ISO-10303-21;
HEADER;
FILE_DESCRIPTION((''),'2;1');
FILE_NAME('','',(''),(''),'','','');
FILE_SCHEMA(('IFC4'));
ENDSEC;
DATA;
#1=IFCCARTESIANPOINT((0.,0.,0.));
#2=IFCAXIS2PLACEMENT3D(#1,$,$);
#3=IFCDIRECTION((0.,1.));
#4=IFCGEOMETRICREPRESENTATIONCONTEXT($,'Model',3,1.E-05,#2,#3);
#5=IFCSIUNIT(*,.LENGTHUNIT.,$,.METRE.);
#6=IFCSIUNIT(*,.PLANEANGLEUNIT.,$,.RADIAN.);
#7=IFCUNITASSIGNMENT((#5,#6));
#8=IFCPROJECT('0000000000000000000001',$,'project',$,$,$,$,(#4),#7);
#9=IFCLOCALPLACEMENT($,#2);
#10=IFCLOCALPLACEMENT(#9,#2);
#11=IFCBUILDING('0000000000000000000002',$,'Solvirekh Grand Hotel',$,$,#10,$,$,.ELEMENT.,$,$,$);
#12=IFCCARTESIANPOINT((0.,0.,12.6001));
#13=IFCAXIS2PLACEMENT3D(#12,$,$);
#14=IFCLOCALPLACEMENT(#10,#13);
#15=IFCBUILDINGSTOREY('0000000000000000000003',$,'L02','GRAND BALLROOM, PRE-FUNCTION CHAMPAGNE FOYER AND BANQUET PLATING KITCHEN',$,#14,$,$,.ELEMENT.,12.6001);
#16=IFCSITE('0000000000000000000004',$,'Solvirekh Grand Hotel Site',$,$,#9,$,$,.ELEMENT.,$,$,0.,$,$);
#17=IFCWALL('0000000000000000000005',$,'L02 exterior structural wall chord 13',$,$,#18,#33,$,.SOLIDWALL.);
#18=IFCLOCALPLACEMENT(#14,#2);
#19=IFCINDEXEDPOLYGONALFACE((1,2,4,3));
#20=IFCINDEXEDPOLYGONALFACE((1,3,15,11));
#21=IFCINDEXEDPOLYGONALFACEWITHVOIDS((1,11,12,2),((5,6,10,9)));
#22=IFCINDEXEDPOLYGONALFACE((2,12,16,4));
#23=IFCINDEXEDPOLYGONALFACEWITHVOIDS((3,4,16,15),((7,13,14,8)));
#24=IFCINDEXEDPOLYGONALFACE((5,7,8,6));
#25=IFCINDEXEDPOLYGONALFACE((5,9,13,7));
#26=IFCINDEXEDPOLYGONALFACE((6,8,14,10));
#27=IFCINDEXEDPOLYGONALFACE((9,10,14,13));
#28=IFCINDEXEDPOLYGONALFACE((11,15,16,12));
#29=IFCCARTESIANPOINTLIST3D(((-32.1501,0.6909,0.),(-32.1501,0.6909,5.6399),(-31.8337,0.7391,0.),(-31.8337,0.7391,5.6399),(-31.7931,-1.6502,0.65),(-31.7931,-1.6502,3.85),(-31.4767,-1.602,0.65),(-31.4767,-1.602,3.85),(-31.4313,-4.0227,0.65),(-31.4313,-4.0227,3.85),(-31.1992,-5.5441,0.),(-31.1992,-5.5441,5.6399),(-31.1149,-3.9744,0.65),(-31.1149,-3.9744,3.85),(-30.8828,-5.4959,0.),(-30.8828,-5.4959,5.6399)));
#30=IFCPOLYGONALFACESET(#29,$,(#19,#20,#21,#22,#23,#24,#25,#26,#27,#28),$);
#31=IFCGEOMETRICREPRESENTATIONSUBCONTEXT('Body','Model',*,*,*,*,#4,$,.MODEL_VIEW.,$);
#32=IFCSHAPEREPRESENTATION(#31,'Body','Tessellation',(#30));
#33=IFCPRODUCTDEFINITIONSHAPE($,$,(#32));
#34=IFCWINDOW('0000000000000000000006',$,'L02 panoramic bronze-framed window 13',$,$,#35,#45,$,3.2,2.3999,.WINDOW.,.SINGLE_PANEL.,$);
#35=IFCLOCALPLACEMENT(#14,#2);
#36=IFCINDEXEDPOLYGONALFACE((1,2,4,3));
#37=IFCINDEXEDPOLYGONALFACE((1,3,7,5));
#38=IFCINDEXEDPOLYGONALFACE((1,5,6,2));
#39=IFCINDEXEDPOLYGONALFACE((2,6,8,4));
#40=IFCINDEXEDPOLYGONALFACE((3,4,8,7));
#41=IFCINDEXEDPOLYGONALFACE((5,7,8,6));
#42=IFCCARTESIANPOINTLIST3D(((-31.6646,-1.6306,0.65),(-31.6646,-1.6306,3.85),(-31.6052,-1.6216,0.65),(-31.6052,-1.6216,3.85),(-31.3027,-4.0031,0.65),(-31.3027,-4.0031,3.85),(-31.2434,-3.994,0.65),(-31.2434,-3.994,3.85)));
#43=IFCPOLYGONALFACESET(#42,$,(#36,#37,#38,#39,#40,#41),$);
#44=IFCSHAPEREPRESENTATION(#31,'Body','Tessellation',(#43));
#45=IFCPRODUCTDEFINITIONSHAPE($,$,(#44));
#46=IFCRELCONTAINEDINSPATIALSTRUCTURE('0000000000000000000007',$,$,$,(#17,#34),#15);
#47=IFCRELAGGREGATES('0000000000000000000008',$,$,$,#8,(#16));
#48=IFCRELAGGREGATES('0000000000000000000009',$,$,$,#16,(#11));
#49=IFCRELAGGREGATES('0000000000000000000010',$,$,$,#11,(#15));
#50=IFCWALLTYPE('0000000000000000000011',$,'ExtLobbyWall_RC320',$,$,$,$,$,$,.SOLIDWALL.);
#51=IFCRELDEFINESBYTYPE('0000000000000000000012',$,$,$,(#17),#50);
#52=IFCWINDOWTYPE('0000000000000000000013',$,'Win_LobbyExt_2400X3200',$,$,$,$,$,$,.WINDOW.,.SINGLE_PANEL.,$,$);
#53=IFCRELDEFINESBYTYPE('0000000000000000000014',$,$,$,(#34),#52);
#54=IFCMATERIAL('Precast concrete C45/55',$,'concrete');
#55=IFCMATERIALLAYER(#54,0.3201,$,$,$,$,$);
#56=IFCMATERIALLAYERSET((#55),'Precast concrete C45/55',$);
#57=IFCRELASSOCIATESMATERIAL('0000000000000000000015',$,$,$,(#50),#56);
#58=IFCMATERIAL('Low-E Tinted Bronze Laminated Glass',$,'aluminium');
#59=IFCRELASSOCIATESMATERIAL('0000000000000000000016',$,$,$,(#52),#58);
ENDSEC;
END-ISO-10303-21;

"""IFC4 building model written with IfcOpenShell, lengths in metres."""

from ifc_helpers import new_model, si_unit, direction, frame, frame_2d, origin, place, context, subcontext, project, spatial, rectangle, extrude, material, layer, layer_set, type_object, element, fill, save


model = new_model("IFC4")

# Units and contexts
model_context = context("Model", 3, precision=1e-05, world=origin(), true_north=direction((0.0, 1.0)))
body_context = subcontext(model_context, "Body", "Model", "MODEL_VIEW")
ifc_project = project(units=[si_unit("LENGTHUNIT", "METRE"), si_unit("PLANEANGLEUNIT", "RADIAN")], contexts=[model_context])

# Site, building, storey
site_placement = place(None, origin())
site = spatial("IfcSite", under=ifc_project, at=site_placement, Name="Solvirekh Grand Hotel Site", CompositionType="ELEMENT", RefElevation=0.0)
building_placement = place(site_placement, origin())
building = spatial("IfcBuilding", under=site, at=building_placement, Name="Solvirekh Grand Hotel", CompositionType="ELEMENT")
storey_placement = place(building_placement, frame((0.0, 0.0, 12.6001)))
storey = spatial("IfcBuildingStorey", under=building, at=storey_placement, Name="L02", Description="GRAND BALLROOM, PRE-FUNCTION CHAMPAGNE FOYER AND BANQUET PLATING KITCHEN", CompositionType="ELEMENT", Elevation=12.6001)

# Shared definitions
ifc_material_1 = material(Name="Low-E Tinted Bronze Laminated Glass", Category="aluminium")

# Wall, opening, window
ifc_material_2 = material(Name="Precast concrete C45/55", Category="concrete")
ifc_layer_1 = layer(ifc_material_2, 0.3201)
ifc_layer_set_1 = layer_set([ifc_layer_1], Name="Precast concrete C45/55")
wall_type = type_object("IfcWallType", Name="ExtLobbyWall_RC320", PredefinedType="SOLIDWALL", material=ifc_layer_set_1)
wall_placement = place(storey_placement, frame((-31.041, -5.52, 0.0), z_axis=(0.0, 0.0, 1.0), x_axis=(-0.150768, 0.988569, 0.0)))
wall = element("IfcWall", 1, at=wall_placement, inside=storey, type_object=wall_type, Name="L02 exterior structural wall chord 13", PredefinedType="SOLIDWALL", context=body_context, shape_type="SweptSolid", body=[
    extrude(rectangle(XDim=6.3071, YDim=0.3201, at=frame_2d((3.1536, 0.0))), origin(), (0.0, 0.0, 1.0), 5.6399),
])
opening_placement = place(wall_placement, frame((1.5391, 0.0, 0.6499)))
opening = element("IfcOpeningElement", 2, at=opening_placement, cuts=wall, PredefinedType="OPENING", context=body_context, shape_type="SweptSolid", body=[
    extrude(rectangle(XDim=2.3999, YDim=3.2, at=frame_2d((1.2, 1.6001))), frame((0.0, 0.1699, 0.0), z_axis=(0.0, -1.0, 0.0), x_axis=(1.0, 0.0, 0.0)), (0.0, 0.0, 1.0), 0.3401),
])
window_type = type_object("IfcWindowType", Name="Win_LobbyExt_2400X3200", PartitioningType="SINGLE_PANEL", PredefinedType="WINDOW", material=ifc_material_1)
window_placement = place(opening_placement, origin())
window = element("IfcWindow", 3, at=window_placement, inside=storey, type_object=window_type, Name="L02 panoramic bronze-framed window 13", OverallHeight=3.2, OverallWidth=2.3999, PartitioningType="SINGLE_PANEL", PredefinedType="WINDOW", context=body_context, shape_type="SweptSolid", body=[
    extrude(rectangle(XDim=2.3999, YDim=3.2, at=frame_2d((1.2, 1.6001))), frame((0.0, 0.03, 0.0), z_axis=(0.0, -1.0, 0.0), x_axis=(1.0, 0.0, 0.0)), (0.0, 0.0, 1.0), 0.0601),
])
fill(opening, window)

save(model, "model.ifc")
